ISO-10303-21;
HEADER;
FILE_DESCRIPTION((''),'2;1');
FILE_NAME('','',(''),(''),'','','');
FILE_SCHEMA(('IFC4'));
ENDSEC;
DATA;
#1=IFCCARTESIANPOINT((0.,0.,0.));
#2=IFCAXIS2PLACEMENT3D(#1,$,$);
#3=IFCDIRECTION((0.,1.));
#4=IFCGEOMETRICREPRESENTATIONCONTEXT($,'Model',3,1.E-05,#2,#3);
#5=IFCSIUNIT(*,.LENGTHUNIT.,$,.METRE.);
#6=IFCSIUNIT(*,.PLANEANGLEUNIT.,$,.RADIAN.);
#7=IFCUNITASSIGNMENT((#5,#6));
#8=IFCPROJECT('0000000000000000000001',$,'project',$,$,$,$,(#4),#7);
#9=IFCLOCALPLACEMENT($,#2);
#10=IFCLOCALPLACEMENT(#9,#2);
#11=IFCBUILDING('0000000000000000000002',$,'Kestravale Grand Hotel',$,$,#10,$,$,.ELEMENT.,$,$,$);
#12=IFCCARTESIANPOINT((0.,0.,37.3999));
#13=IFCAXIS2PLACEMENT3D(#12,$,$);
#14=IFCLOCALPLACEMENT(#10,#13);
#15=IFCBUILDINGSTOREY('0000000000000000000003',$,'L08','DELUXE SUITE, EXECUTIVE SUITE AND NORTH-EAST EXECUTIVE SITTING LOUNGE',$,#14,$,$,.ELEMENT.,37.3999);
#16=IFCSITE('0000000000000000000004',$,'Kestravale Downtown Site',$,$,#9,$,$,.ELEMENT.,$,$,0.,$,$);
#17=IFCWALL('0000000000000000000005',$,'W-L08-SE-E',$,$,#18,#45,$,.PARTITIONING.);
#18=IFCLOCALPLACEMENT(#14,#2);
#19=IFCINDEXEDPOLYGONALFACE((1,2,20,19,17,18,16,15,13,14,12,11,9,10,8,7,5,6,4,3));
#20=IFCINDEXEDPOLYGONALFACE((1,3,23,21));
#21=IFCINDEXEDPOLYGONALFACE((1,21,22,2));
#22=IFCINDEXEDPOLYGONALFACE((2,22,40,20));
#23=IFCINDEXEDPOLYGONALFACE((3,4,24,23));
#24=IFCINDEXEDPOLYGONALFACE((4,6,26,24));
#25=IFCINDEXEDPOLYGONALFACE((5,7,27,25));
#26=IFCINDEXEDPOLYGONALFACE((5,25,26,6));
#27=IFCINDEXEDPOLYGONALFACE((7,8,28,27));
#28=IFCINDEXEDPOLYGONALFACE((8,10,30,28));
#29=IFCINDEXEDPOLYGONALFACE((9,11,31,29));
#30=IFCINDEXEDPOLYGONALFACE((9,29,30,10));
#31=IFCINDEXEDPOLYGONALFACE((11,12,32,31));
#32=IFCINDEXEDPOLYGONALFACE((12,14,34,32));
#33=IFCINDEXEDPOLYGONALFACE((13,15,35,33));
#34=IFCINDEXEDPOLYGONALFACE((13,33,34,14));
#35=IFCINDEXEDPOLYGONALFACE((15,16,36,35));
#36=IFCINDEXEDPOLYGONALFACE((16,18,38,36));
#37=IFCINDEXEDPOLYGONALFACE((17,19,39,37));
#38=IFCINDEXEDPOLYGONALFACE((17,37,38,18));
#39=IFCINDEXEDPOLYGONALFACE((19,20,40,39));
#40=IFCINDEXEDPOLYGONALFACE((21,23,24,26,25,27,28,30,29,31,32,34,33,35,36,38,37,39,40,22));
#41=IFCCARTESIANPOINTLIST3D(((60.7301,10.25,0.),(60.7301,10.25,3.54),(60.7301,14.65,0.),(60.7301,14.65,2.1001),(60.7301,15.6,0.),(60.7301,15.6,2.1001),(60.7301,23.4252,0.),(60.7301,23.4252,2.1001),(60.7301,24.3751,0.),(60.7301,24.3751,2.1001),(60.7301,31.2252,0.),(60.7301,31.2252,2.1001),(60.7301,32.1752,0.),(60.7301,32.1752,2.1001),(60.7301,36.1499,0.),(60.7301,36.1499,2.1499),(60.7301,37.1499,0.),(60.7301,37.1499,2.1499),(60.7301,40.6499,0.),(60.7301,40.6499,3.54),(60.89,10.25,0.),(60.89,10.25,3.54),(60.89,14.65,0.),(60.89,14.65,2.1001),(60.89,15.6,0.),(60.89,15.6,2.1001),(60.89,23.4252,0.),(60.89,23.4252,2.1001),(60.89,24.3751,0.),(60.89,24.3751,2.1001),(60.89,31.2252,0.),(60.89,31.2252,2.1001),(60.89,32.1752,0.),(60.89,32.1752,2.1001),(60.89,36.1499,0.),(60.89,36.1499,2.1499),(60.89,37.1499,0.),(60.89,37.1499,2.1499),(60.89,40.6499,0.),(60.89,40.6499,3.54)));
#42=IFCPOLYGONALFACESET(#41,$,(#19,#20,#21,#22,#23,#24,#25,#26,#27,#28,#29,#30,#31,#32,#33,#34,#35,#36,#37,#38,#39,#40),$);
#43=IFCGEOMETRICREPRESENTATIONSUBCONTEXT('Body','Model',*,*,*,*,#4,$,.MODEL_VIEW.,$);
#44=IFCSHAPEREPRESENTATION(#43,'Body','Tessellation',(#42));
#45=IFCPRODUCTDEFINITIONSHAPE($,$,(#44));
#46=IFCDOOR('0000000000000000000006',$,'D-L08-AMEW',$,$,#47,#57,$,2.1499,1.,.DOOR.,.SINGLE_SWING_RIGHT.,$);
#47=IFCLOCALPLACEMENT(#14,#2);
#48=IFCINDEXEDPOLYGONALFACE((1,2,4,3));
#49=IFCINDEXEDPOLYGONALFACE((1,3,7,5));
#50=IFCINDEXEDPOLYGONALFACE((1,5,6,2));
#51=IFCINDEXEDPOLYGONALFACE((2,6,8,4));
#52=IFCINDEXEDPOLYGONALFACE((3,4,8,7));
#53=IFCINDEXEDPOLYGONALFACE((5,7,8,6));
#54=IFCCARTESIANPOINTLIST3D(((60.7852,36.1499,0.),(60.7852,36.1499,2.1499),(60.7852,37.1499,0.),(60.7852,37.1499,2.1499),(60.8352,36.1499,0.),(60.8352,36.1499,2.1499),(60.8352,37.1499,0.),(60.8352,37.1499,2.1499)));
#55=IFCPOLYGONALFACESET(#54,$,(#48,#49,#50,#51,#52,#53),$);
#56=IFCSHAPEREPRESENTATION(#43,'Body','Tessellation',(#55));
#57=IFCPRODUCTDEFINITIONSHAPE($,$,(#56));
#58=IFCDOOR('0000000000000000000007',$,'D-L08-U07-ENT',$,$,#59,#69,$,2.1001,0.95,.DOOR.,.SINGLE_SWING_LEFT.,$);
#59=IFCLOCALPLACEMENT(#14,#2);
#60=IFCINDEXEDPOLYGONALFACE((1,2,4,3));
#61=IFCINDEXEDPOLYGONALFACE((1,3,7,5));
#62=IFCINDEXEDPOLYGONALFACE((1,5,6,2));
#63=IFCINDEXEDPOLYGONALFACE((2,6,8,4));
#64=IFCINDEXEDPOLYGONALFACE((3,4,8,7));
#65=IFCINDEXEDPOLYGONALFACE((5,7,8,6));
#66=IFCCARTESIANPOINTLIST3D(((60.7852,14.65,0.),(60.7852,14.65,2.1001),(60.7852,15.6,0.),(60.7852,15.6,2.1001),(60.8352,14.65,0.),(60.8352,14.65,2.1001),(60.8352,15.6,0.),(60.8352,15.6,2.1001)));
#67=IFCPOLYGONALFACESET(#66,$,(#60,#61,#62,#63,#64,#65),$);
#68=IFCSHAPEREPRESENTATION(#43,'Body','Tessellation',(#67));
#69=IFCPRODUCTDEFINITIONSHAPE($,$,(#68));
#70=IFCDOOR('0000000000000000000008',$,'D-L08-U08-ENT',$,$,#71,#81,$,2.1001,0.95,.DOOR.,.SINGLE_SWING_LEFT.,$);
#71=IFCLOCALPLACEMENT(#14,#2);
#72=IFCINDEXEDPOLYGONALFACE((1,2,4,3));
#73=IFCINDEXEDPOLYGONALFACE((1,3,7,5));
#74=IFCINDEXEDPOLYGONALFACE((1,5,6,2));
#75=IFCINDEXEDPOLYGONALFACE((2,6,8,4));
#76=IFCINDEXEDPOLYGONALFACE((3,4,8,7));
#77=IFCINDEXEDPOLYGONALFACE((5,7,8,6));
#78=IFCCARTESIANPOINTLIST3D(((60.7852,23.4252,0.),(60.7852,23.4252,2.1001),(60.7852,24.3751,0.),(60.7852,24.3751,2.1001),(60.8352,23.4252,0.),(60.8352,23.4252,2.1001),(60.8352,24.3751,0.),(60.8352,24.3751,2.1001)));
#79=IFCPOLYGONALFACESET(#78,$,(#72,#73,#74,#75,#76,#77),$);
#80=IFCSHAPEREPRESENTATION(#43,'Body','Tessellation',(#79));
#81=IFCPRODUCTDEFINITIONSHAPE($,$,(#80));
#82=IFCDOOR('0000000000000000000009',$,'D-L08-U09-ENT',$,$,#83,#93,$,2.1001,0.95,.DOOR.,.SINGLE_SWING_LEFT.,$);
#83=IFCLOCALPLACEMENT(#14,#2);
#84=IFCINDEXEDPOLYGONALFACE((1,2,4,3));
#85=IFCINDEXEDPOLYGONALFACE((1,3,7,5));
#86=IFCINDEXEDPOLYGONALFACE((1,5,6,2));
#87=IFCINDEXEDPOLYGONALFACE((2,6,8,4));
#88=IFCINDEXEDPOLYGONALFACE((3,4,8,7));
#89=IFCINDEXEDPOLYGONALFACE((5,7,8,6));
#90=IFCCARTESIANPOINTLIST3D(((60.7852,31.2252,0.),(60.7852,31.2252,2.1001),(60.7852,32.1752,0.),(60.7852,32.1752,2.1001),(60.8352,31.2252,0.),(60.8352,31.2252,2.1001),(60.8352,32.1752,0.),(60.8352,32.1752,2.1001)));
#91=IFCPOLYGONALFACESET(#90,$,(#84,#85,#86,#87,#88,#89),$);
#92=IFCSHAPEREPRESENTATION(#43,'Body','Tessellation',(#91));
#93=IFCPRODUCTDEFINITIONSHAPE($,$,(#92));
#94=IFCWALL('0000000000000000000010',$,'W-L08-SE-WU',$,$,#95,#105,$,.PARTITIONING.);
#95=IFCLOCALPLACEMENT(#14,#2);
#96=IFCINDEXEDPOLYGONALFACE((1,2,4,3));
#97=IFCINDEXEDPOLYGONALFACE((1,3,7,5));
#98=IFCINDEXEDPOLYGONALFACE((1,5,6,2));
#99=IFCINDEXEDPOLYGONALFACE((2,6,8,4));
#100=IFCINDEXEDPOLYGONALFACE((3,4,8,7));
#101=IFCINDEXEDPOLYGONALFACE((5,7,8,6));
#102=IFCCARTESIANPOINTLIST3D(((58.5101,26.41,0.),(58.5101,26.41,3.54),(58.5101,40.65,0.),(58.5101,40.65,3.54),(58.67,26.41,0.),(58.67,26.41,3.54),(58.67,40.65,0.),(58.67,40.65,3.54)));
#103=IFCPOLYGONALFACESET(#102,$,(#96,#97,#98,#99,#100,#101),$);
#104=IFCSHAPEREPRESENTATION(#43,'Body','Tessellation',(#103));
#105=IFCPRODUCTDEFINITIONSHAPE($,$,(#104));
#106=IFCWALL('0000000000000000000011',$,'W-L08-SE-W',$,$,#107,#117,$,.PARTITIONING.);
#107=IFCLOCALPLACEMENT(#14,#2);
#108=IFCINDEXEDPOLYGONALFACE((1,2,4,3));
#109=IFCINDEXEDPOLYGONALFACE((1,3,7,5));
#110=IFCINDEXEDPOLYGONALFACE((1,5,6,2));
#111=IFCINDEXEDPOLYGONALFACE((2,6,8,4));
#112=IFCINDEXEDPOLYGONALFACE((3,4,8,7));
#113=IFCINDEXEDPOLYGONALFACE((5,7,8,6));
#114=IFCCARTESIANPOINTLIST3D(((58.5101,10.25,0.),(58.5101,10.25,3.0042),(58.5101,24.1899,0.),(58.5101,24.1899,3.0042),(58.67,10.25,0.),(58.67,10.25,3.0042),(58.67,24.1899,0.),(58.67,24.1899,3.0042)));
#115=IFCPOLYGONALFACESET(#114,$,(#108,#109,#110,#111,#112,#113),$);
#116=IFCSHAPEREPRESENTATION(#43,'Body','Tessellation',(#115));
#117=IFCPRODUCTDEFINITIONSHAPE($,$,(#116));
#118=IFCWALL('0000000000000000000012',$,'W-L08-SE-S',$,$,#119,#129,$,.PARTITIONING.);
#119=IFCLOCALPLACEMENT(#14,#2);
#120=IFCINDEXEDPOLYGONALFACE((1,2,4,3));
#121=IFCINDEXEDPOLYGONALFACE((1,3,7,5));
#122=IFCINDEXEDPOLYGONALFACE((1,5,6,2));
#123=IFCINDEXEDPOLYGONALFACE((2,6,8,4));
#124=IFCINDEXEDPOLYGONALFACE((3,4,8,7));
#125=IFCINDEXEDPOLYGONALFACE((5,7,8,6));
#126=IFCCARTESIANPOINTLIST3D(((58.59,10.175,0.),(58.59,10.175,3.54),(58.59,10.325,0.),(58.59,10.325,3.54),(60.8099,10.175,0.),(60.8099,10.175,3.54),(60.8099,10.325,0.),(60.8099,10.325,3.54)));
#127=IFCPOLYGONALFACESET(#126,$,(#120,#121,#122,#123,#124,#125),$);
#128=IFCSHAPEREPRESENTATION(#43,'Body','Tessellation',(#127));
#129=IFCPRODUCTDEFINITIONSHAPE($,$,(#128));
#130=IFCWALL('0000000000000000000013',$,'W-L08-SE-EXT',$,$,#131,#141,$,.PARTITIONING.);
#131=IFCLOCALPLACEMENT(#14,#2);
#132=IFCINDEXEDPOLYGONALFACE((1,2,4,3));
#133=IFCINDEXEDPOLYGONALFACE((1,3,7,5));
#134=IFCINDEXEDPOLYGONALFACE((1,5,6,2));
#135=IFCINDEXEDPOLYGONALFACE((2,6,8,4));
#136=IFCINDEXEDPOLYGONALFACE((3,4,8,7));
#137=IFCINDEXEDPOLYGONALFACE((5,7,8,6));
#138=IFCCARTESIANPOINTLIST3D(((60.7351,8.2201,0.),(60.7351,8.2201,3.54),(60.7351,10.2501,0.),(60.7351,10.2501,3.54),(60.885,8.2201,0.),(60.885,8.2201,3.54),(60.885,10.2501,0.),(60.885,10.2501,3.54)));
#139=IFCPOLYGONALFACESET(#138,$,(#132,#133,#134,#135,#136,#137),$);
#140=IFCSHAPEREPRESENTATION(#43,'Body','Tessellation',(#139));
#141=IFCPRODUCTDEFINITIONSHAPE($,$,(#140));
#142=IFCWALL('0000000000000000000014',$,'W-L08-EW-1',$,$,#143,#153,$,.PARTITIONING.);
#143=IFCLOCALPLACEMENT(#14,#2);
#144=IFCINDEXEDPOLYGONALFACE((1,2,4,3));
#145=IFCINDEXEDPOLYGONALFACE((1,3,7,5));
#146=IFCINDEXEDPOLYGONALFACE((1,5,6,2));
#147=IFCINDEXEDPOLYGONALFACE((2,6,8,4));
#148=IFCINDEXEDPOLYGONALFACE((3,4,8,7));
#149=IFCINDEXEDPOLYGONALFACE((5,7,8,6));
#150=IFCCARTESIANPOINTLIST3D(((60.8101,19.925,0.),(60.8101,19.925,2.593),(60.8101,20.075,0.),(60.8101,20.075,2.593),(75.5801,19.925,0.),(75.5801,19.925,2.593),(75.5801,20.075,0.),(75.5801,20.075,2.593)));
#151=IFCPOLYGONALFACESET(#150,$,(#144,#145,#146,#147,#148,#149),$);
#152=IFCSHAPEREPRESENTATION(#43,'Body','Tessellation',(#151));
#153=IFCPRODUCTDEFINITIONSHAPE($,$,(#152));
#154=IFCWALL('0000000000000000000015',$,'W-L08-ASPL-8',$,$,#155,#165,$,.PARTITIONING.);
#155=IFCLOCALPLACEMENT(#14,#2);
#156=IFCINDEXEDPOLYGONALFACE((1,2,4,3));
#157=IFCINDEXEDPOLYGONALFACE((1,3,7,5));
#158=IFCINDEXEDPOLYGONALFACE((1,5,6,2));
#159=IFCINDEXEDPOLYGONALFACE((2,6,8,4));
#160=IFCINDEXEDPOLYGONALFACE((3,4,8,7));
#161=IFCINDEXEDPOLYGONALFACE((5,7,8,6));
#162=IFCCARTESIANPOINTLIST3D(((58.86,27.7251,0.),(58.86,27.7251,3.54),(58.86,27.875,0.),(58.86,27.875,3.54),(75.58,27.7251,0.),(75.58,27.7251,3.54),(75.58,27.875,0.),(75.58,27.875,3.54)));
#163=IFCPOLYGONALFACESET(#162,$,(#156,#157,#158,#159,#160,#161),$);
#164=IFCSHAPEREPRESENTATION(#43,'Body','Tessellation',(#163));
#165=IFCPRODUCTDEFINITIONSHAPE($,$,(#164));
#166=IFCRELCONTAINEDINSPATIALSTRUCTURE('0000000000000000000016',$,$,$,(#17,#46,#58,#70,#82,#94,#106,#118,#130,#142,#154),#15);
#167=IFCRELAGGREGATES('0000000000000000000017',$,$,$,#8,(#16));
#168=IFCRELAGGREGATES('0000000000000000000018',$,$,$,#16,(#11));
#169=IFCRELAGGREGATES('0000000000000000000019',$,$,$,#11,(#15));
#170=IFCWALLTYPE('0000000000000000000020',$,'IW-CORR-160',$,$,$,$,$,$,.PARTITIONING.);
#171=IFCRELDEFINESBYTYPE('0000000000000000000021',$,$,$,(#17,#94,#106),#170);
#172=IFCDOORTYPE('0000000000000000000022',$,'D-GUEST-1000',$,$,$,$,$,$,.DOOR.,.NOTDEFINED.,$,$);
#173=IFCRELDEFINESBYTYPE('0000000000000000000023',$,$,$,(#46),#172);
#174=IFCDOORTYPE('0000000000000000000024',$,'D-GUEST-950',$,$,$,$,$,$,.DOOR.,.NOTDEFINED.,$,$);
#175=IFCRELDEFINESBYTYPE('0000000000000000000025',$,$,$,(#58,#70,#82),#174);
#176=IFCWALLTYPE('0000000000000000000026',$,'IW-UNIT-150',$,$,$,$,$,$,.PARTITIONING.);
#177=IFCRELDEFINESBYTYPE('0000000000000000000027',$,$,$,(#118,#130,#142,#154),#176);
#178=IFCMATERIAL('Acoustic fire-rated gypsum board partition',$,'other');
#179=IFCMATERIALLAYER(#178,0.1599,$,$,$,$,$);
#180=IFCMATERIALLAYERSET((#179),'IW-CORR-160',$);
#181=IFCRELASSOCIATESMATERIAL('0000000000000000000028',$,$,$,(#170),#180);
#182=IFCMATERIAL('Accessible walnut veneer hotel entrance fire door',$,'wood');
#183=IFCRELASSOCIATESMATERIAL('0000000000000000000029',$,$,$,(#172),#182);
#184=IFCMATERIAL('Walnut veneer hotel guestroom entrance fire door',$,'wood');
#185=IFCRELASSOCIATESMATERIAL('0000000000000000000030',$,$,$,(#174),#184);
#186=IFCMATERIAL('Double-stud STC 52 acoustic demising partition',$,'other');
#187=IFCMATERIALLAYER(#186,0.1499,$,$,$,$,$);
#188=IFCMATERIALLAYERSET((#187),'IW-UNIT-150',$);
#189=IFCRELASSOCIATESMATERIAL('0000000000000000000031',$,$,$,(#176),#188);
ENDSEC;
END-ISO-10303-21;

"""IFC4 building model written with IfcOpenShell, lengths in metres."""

from ifc_helpers import new_model, si_unit, direction, frame, frame_2d, origin, place, context, subcontext, project, spatial, rectangle, extrude, material, layer, layer_set, type_object, element, fill, save


model = new_model("IFC4")

# Units and contexts
model_context = context("Model", 3, precision=1e-05, world=origin(), true_north=direction((0.0, 1.0)))
body_context = subcontext(model_context, "Body", "Model", "MODEL_VIEW")
ifc_project = project(units=[si_unit("LENGTHUNIT", "METRE"), si_unit("PLANEANGLEUNIT", "RADIAN")], contexts=[model_context])

# Site, building, storey
site_placement = place(None, origin())
site = spatial("IfcSite", under=ifc_project, at=site_placement, Name="Kestravale Downtown Site", CompositionType="ELEMENT", RefElevation=0.0)
building_placement = place(site_placement, origin())
building = spatial("IfcBuilding", under=site, at=building_placement, Name="Kestravale Grand Hotel", CompositionType="ELEMENT")
storey_placement = place(building_placement, frame((0.0, 0.0, 37.3999)))
storey = spatial("IfcBuildingStorey", under=building, at=storey_placement, Name="L08", Description="DELUXE SUITE, EXECUTIVE SUITE AND NORTH-EAST EXECUTIVE SITTING LOUNGE", CompositionType="ELEMENT", Elevation=37.3999)

# Wall, openings, doors
ifc_material_1 = material(Name="Acoustic fire-rated gypsum board partition", Category="other")
ifc_layer_1 = layer(ifc_material_1, 0.1599)
ifc_layer_set_1 = layer_set([ifc_layer_1], Name="IW-CORR-160")
wall_type_1 = type_object("IfcWallType", Name="IW-CORR-160", PredefinedType="PARTITIONING", material=ifc_layer_set_1)
wall_1_placement = place(storey_placement, frame((60.8101, 10.25, 0.0), z_axis=(0.0, 0.0, 1.0), x_axis=(0.0, 1.0, 0.0)))
wall_1 = element("IfcWall", 1, at=wall_1_placement, inside=storey, type_object=wall_type_1, Name="W-L08-SE-E", PredefinedType="PARTITIONING", context=body_context, shape_type="SweptSolid", body=[
    extrude(rectangle(XDim=30.3999, YDim=0.1599, at=frame_2d((15.2, 0.0))), origin(), (0.0, 0.0, 1.0), 3.54),
])
opening_1_placement = place(wall_1_placement, frame((4.3999, 0.0, 0.0)))
opening_1 = element("IfcOpeningElement", 2, at=opening_1_placement, cuts=wall_1, PredefinedType="OPENING", context=body_context, shape_type="SweptSolid", body=[
    extrude(rectangle(XDim=0.95, YDim=2.1001, at=frame_2d((0.4751, 1.05))), frame((0.0, 0.0898, 0.0), z_axis=(0.0, -1.0, 0.0), x_axis=(1.0, 0.0, 0.0)), (0.0, 0.0, 1.0), 0.1799),
])
opening_2_placement = place(wall_1_placement, frame((13.175, 0.0, 0.0)))
opening_2 = element("IfcOpeningElement", 3, at=opening_2_placement, cuts=wall_1, PredefinedType="OPENING", context=body_context, shape_type="SweptSolid", body=[
    extrude(rectangle(XDim=0.95, YDim=2.1001, at=frame_2d((0.4751, 1.05))), frame((0.0, 0.0898, 0.0), z_axis=(0.0, -1.0, 0.0), x_axis=(1.0, 0.0, 0.0)), (0.0, 0.0, 1.0), 0.1799),
])
opening_3_placement = place(wall_1_placement, frame((20.9751, 0.0, 0.0)))
opening_3 = element("IfcOpeningElement", 4, at=opening_3_placement, cuts=wall_1, PredefinedType="OPENING", context=body_context, shape_type="SweptSolid", body=[
    extrude(rectangle(XDim=0.95, YDim=2.1001, at=frame_2d((0.4751, 1.05))), frame((0.0, 0.0898, 0.0), z_axis=(0.0, -1.0, 0.0), x_axis=(1.0, 0.0, 0.0)), (0.0, 0.0, 1.0), 0.1799),
])
opening_4_placement = place(wall_1_placement, frame((25.8999, 0.0, 0.0)))
opening_4 = element("IfcOpeningElement", 5, at=opening_4_placement, cuts=wall_1, PredefinedType="OPENING", context=body_context, shape_type="SweptSolid", body=[
    extrude(rectangle(XDim=1.0, YDim=2.1499, at=frame_2d((0.5, 1.075))), frame((0.0, 0.0898, 0.0), z_axis=(0.0, -1.0, 0.0), x_axis=(1.0, 0.0, 0.0)), (0.0, 0.0, 1.0), 0.1799),
])
ifc_material_2 = material(Name="Accessible walnut veneer hotel entrance fire door", Category="wood")
door_type_1 = type_object("IfcDoorType", Name="D-GUEST-1000", OperationType="NOTDEFINED", PredefinedType="DOOR", material=ifc_material_2)
door_1_placement = place(opening_4_placement, origin())
door_1 = element("IfcDoor", 6, at=door_1_placement, inside=storey, type_object=door_type_1, Name="D-L08-AMEW", OperationType="SINGLE_SWING_RIGHT", OverallHeight=2.1499, OverallWidth=1.0, PredefinedType="DOOR", context=body_context, shape_type="SweptSolid", body=[
    extrude(rectangle(XDim=1.0, YDim=2.1499, at=frame_2d((0.5, 1.075))), frame((0.0, 0.0249, 0.0), z_axis=(0.0, -1.0, 0.0), x_axis=(1.0, 0.0, 0.0)), (0.0, 0.0, 1.0), 0.05),
])
fill(opening_4, door_1)
ifc_material_3 = material(Name="Walnut veneer hotel guestroom entrance fire door", Category="wood")
door_type_2 = type_object("IfcDoorType", Name="D-GUEST-950", OperationType="NOTDEFINED", PredefinedType="DOOR", material=ifc_material_3)
door_2_placement = place(opening_1_placement, origin())
door_2 = element("IfcDoor", 7, at=door_2_placement, inside=storey, type_object=door_type_2, Name="D-L08-U07-ENT", OperationType="SINGLE_SWING_LEFT", OverallHeight=2.1001, OverallWidth=0.95, PredefinedType="DOOR", context=body_context, shape_type="SweptSolid", body=[
    extrude(rectangle(XDim=0.95, YDim=2.1001, at=frame_2d((0.4751, 1.05))), frame((0.0, 0.0249, 0.0), z_axis=(0.0, -1.0, 0.0), x_axis=(1.0, 0.0, 0.0)), (0.0, 0.0, 1.0), 0.05),
])
fill(opening_1, door_2)
door_3_placement = place(opening_2_placement, origin())
door_3 = element("IfcDoor", 8, at=door_3_placement, inside=storey, type_object=door_type_2, Name="D-L08-U08-ENT", OperationType="SINGLE_SWING_LEFT", OverallHeight=2.1001, OverallWidth=0.95, PredefinedType="DOOR", context=body_context, shape_type="SweptSolid", body=[
    extrude(rectangle(XDim=0.95, YDim=2.1001, at=frame_2d((0.4751, 1.05))), frame((0.0, 0.0249, 0.0), z_axis=(0.0, -1.0, 0.0), x_axis=(1.0, 0.0, 0.0)), (0.0, 0.0, 1.0), 0.05),
])
fill(opening_2, door_3)
door_4_placement = place(opening_3_placement, origin())
door_4 = element("IfcDoor", 9, at=door_4_placement, inside=storey, type_object=door_type_2, Name="D-L08-U09-ENT", OperationType="SINGLE_SWING_LEFT", OverallHeight=2.1001, OverallWidth=0.95, PredefinedType="DOOR", context=body_context, shape_type="SweptSolid", body=[
    extrude(rectangle(XDim=0.95, YDim=2.1001, at=frame_2d((0.4751, 1.05))), frame((0.0, 0.0249, 0.0), z_axis=(0.0, -1.0, 0.0), x_axis=(1.0, 0.0, 0.0)), (0.0, 0.0, 1.0), 0.05),
])
fill(opening_3, door_4)

# Walls
wall_2_placement = place(storey_placement, frame((58.5901, 26.4099, 0.0), z_axis=(0.0, 0.0, 1.0), x_axis=(0.0, 1.0, 0.0)))
element("IfcWall", 10, at=wall_2_placement, inside=storey, type_object=wall_type_1, Name="W-L08-SE-WU", PredefinedType="PARTITIONING", context=body_context, shape_type="SweptSolid", body=[
    extrude(rectangle(XDim=14.24, YDim=0.1599, at=frame_2d((7.1201, 0.0))), origin(), (0.0, 0.0, 1.0), 3.54),
])
wall_3_placement = place(storey_placement, frame((58.5901, 10.25, 0.0), z_axis=(0.0, 0.0, 1.0), x_axis=(0.0, 1.0, 0.0)))
element("IfcWall", 11, at=wall_3_placement, inside=storey, type_object=wall_type_1, Name="W-L08-SE-W", PredefinedType="PARTITIONING", context=body_context, shape_type="SweptSolid", body=[
    extrude(rectangle(XDim=13.9399, YDim=0.1599, at=frame_2d((6.97, 0.0))), origin(), (0.0, 0.0, 1.0), 3.0042),
])
ifc_material_4 = material(Name="Double-stud STC 52 acoustic demising partition", Category="other")
ifc_layer_2 = layer(ifc_material_4, 0.1499)
ifc_layer_set_2 = layer_set([ifc_layer_2], Name="IW-UNIT-150")
wall_type_2 = type_object("IfcWallType", Name="IW-UNIT-150", PredefinedType="PARTITIONING", material=ifc_layer_set_2)
wall_4_placement = place(storey_placement, frame((58.5901, 10.25, 0.0), z_axis=(0.0, 0.0, 1.0), x_axis=(1.0, 0.0, 0.0)))
element("IfcWall", 12, at=wall_4_placement, inside=storey, type_object=wall_type_2, Name="W-L08-SE-S", PredefinedType="PARTITIONING", context=body_context, shape_type="SweptSolid", body=[
    extrude(rectangle(XDim=2.22, YDim=0.1499, at=frame_2d((1.1099, 0.0))), origin(), (0.0, 0.0, 1.0), 3.54),
])
wall_5_placement = place(storey_placement, frame((60.8101, 8.22, 0.0), z_axis=(0.0, 0.0, 1.0), x_axis=(0.0, 1.0, 0.0)))
element("IfcWall", 13, at=wall_5_placement, inside=storey, type_object=wall_type_2, Name="W-L08-SE-EXT", PredefinedType="PARTITIONING", context=body_context, shape_type="SweptSolid", body=[
    extrude(rectangle(XDim=2.03, YDim=0.1499, at=frame_2d((1.0151, 0.0))), origin(), (0.0, 0.0, 1.0), 3.54),
])
wall_6_placement = place(storey_placement, frame((60.8101, 20.0, 0.0), z_axis=(0.0, 0.0, 1.0), x_axis=(1.0, 0.0, 0.0)))
element("IfcWall", 14, at=wall_6_placement, inside=storey, type_object=wall_type_2, Name="W-L08-EW-1", PredefinedType="PARTITIONING", context=body_context, shape_type="SweptSolid", body=[
    extrude(rectangle(XDim=14.77, YDim=0.1499, at=frame_2d((7.385, 0.0))), origin(), (0.0, 0.0, 1.0), 2.593),
])
wall_7_placement = place(storey_placement, frame((58.8601, 27.8, 0.0), z_axis=(0.0, 0.0, 1.0), x_axis=(1.0, 0.0, 0.0)))
element("IfcWall", 15, at=wall_7_placement, inside=storey, type_object=wall_type_2, Name="W-L08-ASPL-8", PredefinedType="PARTITIONING", context=body_context, shape_type="SweptSolid", body=[
    extrude(rectangle(XDim=16.72, YDim=0.1499, at=frame_2d((8.3599, 0.0))), origin(), (0.0, 0.0, 1.0), 3.54),
])

save(model, "model.ifc")
